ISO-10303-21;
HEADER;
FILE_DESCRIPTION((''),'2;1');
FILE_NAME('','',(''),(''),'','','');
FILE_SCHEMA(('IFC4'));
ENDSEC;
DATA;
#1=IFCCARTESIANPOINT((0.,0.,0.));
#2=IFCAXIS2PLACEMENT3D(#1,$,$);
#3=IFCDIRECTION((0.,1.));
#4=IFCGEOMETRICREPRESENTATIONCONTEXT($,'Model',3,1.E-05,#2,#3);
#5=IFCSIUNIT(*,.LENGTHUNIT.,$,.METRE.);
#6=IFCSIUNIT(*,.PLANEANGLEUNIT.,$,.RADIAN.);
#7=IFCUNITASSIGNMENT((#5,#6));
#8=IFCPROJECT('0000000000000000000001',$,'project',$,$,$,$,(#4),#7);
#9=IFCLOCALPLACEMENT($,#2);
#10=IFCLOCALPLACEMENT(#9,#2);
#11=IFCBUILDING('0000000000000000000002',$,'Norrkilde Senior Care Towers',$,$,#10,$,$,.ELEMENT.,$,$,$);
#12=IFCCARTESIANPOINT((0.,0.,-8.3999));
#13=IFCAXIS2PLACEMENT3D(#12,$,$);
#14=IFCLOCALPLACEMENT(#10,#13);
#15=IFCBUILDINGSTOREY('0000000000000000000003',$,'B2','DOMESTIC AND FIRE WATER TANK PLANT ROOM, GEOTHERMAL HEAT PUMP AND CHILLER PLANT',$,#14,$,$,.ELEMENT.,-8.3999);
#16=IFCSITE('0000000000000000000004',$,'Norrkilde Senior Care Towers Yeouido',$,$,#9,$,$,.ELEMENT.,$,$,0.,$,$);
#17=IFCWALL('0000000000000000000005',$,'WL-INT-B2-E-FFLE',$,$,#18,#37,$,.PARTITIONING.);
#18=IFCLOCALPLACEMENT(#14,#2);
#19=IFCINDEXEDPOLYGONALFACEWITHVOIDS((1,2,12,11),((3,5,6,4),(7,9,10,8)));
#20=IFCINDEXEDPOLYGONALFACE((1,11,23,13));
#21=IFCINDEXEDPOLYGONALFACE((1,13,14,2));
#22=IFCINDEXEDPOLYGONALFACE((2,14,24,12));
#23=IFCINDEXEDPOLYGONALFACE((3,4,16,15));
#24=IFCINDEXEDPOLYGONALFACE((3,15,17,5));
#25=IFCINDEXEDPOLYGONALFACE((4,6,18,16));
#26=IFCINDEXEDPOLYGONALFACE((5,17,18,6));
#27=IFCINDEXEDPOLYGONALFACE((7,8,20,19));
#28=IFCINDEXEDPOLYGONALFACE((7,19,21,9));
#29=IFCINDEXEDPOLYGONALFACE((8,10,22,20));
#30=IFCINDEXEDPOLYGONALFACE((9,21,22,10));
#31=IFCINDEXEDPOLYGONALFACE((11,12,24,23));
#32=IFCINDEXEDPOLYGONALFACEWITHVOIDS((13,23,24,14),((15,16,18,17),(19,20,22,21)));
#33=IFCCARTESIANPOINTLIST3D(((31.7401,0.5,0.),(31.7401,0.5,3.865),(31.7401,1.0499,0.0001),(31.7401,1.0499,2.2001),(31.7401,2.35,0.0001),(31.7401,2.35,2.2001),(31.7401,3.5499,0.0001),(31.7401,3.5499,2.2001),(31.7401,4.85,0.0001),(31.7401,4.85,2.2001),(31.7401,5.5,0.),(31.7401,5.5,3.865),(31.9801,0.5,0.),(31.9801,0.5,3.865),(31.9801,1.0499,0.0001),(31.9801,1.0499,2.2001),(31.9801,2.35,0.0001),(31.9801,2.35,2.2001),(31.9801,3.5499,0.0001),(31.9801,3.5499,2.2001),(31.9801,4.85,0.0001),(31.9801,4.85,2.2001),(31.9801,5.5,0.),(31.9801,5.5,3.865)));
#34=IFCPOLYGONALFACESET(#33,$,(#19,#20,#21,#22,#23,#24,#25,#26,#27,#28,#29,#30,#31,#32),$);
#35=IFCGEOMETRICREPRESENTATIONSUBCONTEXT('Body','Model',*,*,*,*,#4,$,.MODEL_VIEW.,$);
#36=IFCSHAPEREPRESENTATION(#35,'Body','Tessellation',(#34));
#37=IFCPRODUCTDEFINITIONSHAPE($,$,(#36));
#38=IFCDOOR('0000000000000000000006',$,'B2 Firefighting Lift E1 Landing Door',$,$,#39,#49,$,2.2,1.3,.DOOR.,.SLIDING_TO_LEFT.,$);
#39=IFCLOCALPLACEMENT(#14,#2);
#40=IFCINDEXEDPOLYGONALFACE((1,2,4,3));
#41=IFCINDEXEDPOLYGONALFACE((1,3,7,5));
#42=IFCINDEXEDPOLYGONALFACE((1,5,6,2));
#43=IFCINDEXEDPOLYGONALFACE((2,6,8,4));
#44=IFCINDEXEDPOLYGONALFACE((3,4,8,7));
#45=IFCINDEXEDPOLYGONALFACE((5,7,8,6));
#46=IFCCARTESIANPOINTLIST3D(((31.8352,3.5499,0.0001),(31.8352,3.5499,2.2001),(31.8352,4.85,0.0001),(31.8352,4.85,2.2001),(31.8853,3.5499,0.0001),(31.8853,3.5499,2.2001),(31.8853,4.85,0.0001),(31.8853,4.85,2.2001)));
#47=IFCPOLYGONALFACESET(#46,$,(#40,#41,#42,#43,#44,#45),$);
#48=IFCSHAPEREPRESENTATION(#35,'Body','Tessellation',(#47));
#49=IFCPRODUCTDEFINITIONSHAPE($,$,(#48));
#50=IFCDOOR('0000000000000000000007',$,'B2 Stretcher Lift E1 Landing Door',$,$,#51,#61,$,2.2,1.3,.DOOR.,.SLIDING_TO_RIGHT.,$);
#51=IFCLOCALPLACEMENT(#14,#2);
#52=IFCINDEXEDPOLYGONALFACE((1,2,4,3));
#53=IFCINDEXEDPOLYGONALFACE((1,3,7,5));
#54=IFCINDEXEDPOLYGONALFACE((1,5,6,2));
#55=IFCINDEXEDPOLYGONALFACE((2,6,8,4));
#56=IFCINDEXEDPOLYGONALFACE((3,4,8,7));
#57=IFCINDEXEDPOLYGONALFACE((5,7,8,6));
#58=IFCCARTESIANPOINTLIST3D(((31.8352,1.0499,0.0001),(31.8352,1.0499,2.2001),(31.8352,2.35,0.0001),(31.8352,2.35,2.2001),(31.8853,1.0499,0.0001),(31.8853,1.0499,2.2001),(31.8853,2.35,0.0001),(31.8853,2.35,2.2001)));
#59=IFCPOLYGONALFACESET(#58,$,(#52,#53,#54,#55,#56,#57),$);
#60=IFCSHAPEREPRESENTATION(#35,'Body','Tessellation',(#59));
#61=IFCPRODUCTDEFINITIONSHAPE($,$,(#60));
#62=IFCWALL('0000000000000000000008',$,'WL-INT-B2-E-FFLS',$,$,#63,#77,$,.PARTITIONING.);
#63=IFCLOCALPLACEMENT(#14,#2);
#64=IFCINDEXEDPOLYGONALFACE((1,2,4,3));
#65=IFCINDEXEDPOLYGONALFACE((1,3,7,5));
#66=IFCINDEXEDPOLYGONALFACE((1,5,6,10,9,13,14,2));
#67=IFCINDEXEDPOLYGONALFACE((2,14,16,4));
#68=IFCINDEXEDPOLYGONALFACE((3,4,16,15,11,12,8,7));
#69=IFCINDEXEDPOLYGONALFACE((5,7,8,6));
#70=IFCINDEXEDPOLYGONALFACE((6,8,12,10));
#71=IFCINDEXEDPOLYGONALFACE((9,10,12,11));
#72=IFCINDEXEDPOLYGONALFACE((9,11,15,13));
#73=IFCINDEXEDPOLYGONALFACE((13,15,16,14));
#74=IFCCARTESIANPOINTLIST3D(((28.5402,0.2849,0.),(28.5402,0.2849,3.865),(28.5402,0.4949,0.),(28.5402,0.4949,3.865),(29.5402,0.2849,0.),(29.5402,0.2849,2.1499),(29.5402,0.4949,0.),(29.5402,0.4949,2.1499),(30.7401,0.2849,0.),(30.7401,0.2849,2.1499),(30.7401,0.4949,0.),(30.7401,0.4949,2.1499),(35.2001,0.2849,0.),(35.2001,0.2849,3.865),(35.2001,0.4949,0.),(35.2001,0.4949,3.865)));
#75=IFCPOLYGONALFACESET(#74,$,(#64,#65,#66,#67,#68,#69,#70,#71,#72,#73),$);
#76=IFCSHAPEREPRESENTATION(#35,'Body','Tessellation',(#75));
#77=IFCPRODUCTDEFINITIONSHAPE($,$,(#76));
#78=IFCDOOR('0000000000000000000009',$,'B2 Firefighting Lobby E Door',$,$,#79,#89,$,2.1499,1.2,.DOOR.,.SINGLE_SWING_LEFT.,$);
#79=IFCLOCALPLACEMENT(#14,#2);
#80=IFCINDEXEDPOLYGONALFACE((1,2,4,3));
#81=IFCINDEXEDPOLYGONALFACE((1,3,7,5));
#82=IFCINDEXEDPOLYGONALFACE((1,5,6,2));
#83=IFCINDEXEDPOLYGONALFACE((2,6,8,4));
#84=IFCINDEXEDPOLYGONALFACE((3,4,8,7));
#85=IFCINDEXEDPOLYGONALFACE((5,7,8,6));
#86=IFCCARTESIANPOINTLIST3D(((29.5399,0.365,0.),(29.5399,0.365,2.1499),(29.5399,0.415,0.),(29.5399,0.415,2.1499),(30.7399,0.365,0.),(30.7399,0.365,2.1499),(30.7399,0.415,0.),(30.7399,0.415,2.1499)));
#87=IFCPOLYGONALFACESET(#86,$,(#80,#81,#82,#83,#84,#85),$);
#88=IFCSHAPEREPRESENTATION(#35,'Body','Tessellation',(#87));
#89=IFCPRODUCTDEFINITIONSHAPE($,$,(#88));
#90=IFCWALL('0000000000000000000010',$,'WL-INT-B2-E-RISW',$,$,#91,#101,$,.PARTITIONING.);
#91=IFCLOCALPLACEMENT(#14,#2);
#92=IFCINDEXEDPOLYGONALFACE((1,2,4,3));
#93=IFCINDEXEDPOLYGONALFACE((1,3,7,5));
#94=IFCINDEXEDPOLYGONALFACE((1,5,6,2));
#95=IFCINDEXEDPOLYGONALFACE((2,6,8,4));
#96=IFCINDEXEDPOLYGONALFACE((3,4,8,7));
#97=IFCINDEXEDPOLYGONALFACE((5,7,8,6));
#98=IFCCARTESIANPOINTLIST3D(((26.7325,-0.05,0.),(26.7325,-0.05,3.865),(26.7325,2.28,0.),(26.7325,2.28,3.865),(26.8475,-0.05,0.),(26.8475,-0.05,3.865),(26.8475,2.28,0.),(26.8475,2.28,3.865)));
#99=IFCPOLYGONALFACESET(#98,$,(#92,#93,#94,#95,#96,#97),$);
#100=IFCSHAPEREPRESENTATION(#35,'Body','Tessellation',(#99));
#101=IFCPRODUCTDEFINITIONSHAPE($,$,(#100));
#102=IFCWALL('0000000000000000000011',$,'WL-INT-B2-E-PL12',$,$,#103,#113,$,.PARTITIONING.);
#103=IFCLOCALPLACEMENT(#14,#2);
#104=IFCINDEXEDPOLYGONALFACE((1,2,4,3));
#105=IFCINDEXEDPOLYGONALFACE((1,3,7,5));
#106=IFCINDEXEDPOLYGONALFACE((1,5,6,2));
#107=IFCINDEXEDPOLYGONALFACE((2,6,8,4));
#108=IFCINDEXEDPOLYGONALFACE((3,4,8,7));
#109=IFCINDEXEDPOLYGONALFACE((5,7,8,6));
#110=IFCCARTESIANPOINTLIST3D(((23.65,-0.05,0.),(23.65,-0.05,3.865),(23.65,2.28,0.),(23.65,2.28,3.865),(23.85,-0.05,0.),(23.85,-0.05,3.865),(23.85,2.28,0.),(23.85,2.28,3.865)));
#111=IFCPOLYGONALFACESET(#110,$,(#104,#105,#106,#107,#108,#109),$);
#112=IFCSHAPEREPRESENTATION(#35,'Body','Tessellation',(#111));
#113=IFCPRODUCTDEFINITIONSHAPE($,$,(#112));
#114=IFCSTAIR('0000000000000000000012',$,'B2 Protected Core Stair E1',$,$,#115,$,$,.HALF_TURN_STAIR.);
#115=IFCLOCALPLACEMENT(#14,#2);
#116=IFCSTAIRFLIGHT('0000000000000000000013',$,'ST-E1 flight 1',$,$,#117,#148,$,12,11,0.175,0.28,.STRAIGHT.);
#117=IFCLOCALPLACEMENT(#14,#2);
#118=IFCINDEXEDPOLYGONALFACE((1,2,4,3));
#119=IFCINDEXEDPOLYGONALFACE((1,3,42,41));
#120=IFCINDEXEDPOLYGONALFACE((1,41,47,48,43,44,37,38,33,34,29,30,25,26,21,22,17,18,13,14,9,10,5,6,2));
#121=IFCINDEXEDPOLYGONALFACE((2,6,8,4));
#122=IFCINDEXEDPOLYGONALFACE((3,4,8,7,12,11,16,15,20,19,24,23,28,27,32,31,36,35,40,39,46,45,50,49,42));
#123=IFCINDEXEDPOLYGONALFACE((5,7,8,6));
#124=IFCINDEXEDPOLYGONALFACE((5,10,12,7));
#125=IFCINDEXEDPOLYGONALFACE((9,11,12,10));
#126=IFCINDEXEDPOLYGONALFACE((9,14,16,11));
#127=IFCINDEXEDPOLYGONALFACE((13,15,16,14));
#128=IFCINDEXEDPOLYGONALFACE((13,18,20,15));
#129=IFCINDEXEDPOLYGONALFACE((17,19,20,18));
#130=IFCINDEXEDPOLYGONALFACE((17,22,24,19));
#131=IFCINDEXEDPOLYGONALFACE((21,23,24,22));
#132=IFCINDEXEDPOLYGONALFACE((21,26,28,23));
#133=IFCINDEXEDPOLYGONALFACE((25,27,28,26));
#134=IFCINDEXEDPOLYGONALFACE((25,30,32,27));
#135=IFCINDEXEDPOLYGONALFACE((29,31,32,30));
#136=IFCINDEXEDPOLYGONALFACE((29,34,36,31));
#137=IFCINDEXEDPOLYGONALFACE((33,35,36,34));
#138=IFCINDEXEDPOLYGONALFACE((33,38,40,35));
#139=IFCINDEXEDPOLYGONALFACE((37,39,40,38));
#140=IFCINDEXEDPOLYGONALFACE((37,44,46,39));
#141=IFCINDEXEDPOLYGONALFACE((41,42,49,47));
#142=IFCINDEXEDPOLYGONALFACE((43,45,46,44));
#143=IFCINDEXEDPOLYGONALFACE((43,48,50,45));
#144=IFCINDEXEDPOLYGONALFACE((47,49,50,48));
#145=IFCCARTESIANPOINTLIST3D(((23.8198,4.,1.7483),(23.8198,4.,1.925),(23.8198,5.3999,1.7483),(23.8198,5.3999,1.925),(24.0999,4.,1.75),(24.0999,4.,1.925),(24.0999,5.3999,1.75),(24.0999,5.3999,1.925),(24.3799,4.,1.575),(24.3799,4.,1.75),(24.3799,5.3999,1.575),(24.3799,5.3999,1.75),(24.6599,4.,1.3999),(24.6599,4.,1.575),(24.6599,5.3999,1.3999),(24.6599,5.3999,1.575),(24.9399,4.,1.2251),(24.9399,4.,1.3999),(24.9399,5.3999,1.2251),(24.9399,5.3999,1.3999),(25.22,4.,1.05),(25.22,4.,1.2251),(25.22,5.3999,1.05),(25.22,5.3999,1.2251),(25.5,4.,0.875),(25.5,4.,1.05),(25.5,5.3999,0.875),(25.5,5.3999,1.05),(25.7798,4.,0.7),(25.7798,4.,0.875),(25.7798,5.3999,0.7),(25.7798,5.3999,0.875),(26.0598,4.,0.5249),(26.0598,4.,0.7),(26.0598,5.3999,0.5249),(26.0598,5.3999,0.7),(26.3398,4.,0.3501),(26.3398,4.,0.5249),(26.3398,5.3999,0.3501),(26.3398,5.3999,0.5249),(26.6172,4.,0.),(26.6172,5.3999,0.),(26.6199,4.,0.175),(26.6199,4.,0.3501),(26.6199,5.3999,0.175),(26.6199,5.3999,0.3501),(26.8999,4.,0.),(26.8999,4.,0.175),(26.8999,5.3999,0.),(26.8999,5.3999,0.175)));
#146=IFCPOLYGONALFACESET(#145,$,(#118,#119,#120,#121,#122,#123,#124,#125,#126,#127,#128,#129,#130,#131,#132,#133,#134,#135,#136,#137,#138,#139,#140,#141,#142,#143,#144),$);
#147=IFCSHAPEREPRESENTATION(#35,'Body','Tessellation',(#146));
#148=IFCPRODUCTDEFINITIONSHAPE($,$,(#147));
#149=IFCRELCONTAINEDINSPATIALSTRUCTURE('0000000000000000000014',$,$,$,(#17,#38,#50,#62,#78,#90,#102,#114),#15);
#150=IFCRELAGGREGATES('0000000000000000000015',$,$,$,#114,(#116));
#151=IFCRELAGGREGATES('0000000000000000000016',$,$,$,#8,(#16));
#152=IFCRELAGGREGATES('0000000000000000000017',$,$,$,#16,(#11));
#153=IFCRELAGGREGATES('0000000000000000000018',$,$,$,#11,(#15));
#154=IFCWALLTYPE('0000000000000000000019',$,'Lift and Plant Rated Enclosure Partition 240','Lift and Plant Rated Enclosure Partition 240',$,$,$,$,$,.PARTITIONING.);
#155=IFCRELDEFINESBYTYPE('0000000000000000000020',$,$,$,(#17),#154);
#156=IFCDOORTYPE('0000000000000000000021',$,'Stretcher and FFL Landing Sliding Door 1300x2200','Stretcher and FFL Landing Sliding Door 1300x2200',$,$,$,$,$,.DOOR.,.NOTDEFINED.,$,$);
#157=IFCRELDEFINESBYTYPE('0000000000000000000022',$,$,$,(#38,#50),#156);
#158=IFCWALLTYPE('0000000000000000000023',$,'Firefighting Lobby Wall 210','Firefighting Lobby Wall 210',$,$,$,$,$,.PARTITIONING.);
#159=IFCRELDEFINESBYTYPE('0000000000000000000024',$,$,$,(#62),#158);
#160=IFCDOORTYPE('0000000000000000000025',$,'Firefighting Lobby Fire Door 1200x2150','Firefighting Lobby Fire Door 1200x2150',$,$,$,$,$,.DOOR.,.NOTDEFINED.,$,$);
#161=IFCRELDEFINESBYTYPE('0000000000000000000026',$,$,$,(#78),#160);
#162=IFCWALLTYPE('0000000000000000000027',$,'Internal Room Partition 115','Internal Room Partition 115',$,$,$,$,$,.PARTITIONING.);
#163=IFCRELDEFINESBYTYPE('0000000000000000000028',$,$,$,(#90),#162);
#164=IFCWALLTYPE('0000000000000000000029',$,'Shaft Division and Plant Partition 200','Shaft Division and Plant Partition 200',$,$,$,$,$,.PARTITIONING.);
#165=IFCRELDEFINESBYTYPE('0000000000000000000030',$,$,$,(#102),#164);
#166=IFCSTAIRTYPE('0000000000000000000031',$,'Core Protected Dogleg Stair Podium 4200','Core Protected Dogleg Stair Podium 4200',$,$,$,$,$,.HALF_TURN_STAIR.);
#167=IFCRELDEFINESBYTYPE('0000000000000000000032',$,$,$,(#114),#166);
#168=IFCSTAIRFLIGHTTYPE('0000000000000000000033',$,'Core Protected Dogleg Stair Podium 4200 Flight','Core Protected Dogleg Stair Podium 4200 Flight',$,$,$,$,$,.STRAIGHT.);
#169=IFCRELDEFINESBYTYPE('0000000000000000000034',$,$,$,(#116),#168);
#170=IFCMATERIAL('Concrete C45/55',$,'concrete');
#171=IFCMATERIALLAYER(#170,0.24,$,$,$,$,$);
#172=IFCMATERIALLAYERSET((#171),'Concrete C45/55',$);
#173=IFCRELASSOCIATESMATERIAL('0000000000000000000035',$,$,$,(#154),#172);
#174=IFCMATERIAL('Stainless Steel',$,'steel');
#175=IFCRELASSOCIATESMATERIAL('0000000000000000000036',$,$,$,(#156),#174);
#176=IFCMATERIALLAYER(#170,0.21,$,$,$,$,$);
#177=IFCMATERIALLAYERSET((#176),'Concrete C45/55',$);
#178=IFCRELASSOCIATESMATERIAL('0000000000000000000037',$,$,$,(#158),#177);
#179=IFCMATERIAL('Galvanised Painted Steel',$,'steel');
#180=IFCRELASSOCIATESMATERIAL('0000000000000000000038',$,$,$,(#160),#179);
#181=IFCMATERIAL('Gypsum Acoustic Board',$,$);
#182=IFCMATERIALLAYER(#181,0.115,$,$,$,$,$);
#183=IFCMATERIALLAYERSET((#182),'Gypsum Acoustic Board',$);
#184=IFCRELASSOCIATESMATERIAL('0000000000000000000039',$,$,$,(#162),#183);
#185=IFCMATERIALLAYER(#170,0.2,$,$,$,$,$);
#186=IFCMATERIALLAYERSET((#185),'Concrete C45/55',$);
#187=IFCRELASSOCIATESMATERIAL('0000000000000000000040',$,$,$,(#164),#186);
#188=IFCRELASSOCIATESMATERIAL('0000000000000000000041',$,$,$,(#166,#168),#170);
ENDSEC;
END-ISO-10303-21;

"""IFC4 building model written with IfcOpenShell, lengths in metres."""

from ifc_helpers import new_model, si_unit, direction, frame, frame_2d, origin, place, context, subcontext, project, spatial, polyline, rectangle, outline, extrude, source, transform, mapped, material, layer, layer_set, type_object, type_shapes, element, fill, aggregate, save


model = new_model("IFC4")

# Units and contexts
model_context = context("Model", 3, precision=1e-05, world=origin(), true_north=direction((0.0, 1.0)))
body_context = subcontext(model_context, "Body", "Model", "MODEL_VIEW")
ifc_project = project(units=[si_unit("LENGTHUNIT", "METRE"), si_unit("PLANEANGLEUNIT", "RADIAN")], contexts=[model_context])

# Site, building, storey
site_placement = place(None, origin())
site = spatial("IfcSite", under=ifc_project, at=site_placement, Name="Norrkilde Senior Care Towers Yeouido", CompositionType="ELEMENT", RefElevation=0.0)
building_placement = place(site_placement, origin())
building = spatial("IfcBuilding", under=site, at=building_placement, Name="Norrkilde Senior Care Towers", CompositionType="ELEMENT")
storey_placement = place(building_placement, frame((0.0, 0.0, -8.3999)))
storey = spatial("IfcBuildingStorey", under=building, at=storey_placement, Name="B2", Description="DOMESTIC AND FIRE WATER TANK PLANT ROOM, GEOTHERMAL HEAT PUMP AND CHILLER PLANT", CompositionType="ELEMENT", Elevation=-8.3999)

# Shared definitions
ifc_material_1 = material(Name="Concrete C45/55", Category="concrete")

# Shared definitions
ifc_material_2 = material(Name="Galvanised Painted Steel", Category="steel")

# Wall, openings, doors
ifc_layer_1 = layer(ifc_material_1, 0.24)
ifc_layer_set_1 = layer_set([ifc_layer_1], Name="Concrete C45/55")
wall_type_1 = type_object("IfcWallType", Name="Lift and Plant Rated Enclosure Partition 240", Description="Lift and Plant Rated Enclosure Partition 240", PredefinedType="PARTITIONING", material=ifc_layer_set_1)
shared_shape_1 = source(origin(), body_context, "Body", "SweptSolid", [
    extrude(rectangle(XDim=5.0, YDim=0.24, at=frame_2d((2.5, 0.0))), origin(), (0.0, 0.0, 1.0), 3.865),
])
type_shapes(wall_type_1, [shared_shape_1])
wall_1_placement = place(storey_placement, frame((31.8601, 0.5, 0.0), z_axis=(0.0, 0.0, 1.0), x_axis=(0.0, 1.0, 0.0)))
wall_1 = element("IfcWall", 1, at=wall_1_placement, inside=storey, type_object=wall_type_1, Name="WL-INT-B2-E-FFLE", PredefinedType="PARTITIONING", context=body_context, shape_type="MappedRepresentation", body=[
    mapped(shared_shape_1, transform((0.0, 0.0, 0.0), x_axis=(1.0, 0.0, 0.0), y_axis=(0.0, 1.0, 0.0), z_axis=(0.0, 0.0, 1.0), scale=1.0)),
])
opening_1_placement = place(wall_1_placement, frame((3.05, 0.0, 0.0)))
opening_1 = element("IfcOpeningElement", 2, at=opening_1_placement, cuts=wall_1, PredefinedType="OPENING", context=body_context, shape_type="SweptSolid", body=[
    extrude(rectangle(XDim=1.3, YDim=2.2, at=frame_2d((0.6499, 1.1001))), frame((0.0, 0.1299, 0.0), z_axis=(0.0, -1.0, 0.0), x_axis=(1.0, 0.0, 0.0)), (0.0, 0.0, 1.0), 0.26),
])
opening_2_placement = place(wall_1_placement, frame((0.55, 0.0, 0.0)))
opening_2 = element("IfcOpeningElement", 3, at=opening_2_placement, cuts=wall_1, PredefinedType="OPENING", context=body_context, shape_type="SweptSolid", body=[
    extrude(rectangle(XDim=1.3, YDim=2.2, at=frame_2d((0.6499, 1.1001))), frame((0.0, 0.1299, 0.0), z_axis=(0.0, -1.0, 0.0), x_axis=(1.0, 0.0, 0.0)), (0.0, 0.0, 1.0), 0.26),
])
ifc_material_3 = material(Name="Stainless Steel", Category="steel")
door_type_1 = type_object("IfcDoorType", Name="Stretcher and FFL Landing Sliding Door 1300x2200", Description="Stretcher and FFL Landing Sliding Door 1300x2200", OperationType="NOTDEFINED", PredefinedType="DOOR", material=ifc_material_3)
shared_shape_2 = source(origin(), body_context, "Body", "SweptSolid", [
    extrude(rectangle(XDim=1.3, YDim=2.2, at=frame_2d((0.6499, 1.1001))), frame((0.0, 0.0249, 0.0), z_axis=(0.0, -1.0, 0.0), x_axis=(1.0, 0.0, 0.0)), (0.0, 0.0, 1.0), 0.05),
])
type_shapes(door_type_1, [shared_shape_2])
door_1_placement = place(opening_1_placement, origin())
door_1 = element("IfcDoor", 4, at=door_1_placement, inside=storey, type_object=door_type_1, Name="B2 Firefighting Lift E1 Landing Door", OperationType="SLIDING_TO_LEFT", OverallHeight=2.2, OverallWidth=1.3, PredefinedType="DOOR", context=body_context, shape_type="MappedRepresentation", body=[
    mapped(shared_shape_2, transform((0.0, 0.0, 0.0), x_axis=(1.0, 0.0, 0.0), y_axis=(0.0, 1.0, 0.0), z_axis=(0.0, 0.0, 1.0), scale=1.0)),
])
fill(opening_1, door_1)
door_2_placement = place(opening_2_placement, origin())
door_2 = element("IfcDoor", 5, at=door_2_placement, inside=storey, type_object=door_type_1, Name="B2 Stretcher Lift E1 Landing Door", OperationType="SLIDING_TO_RIGHT", OverallHeight=2.2, OverallWidth=1.3, PredefinedType="DOOR", context=body_context, shape_type="MappedRepresentation", body=[
    mapped(shared_shape_2, transform((0.0, 0.0, 0.0), x_axis=(1.0, 0.0, 0.0), y_axis=(0.0, 1.0, 0.0), z_axis=(0.0, 0.0, 1.0), scale=1.0)),
])
fill(opening_2, door_2)

# Wall, opening, door
ifc_layer_2 = layer(ifc_material_1, 0.21)
ifc_layer_set_2 = layer_set([ifc_layer_2], Name="Concrete C45/55")
wall_type_2 = type_object("IfcWallType", Name="Firefighting Lobby Wall 210", Description="Firefighting Lobby Wall 210", PredefinedType="PARTITIONING", material=ifc_layer_set_2)
shared_shape_3 = source(origin(), body_context, "Body", "SweptSolid", [
    extrude(rectangle(XDim=6.6599, YDim=0.21, at=frame_2d((3.3301, 0.0))), origin(), (0.0, 0.0, 1.0), 3.865),
])
type_shapes(wall_type_2, [shared_shape_3])
wall_2_placement = place(storey_placement, frame((28.54, 0.3899, 0.0), z_axis=(0.0, 0.0, 1.0), x_axis=(1.0, 0.0, 0.0)))
wall_2 = element("IfcWall", 6, at=wall_2_placement, inside=storey, type_object=wall_type_2, Name="WL-INT-B2-E-FFLS", PredefinedType="PARTITIONING", context=body_context, shape_type="MappedRepresentation", body=[
    mapped(shared_shape_3, transform((0.0, 0.0, 0.0), x_axis=(1.0, 0.0, 0.0), y_axis=(0.0, 1.0, 0.0), z_axis=(0.0, 0.0, 1.0), scale=1.0)),
])
opening_3_placement = place(wall_2_placement, frame((1.0, 0.0, 0.0)))
opening_3 = element("IfcOpeningElement", 7, at=opening_3_placement, cuts=wall_2, PredefinedType="OPENING", context=body_context, shape_type="SweptSolid", body=[
    extrude(rectangle(XDim=1.2, YDim=2.1499, at=frame_2d((0.6001, 1.075))), frame((0.0, 0.115, 0.0), z_axis=(0.0, -1.0, 0.0), x_axis=(1.0, 0.0, 0.0)), (0.0, 0.0, 1.0), 0.23),
])
door_type_2 = type_object("IfcDoorType", Name="Firefighting Lobby Fire Door 1200x2150", Description="Firefighting Lobby Fire Door 1200x2150", OperationType="NOTDEFINED", PredefinedType="DOOR", material=ifc_material_2)
shared_shape_4 = source(origin(), body_context, "Body", "SweptSolid", [
    extrude(rectangle(XDim=1.2, YDim=2.1499, at=frame_2d((0.6001, 1.075))), frame((0.0, 0.0249, 0.0), z_axis=(0.0, -1.0, 0.0), x_axis=(1.0, 0.0, 0.0)), (0.0, 0.0, 1.0), 0.05),
])
type_shapes(door_type_2, [shared_shape_4])
door_3_placement = place(opening_3_placement, frame((1.2, 0.0, 0.0), z_axis=(0.0, 0.0, 1.0), x_axis=(-1.0, 0.0, 0.0)))
door_3 = element("IfcDoor", 8, at=door_3_placement, inside=storey, type_object=door_type_2, Name="B2 Firefighting Lobby E Door", OperationType="SINGLE_SWING_LEFT", OverallHeight=2.1499, OverallWidth=1.2, PredefinedType="DOOR", context=body_context, shape_type="MappedRepresentation", body=[
    mapped(shared_shape_4, transform((0.0, 0.0, 0.0), x_axis=(1.0, 0.0, 0.0), y_axis=(0.0, 1.0, 0.0), z_axis=(0.0, 0.0, 1.0), scale=1.0)),
])
fill(opening_3, door_3)

# Walls
ifc_material_4 = material(Name="Gypsum Acoustic Board")
ifc_layer_3 = layer(ifc_material_4, 0.115)
ifc_layer_set_3 = layer_set([ifc_layer_3], Name="Gypsum Acoustic Board")
wall_type_3 = type_object("IfcWallType", Name="Internal Room Partition 115", Description="Internal Room Partition 115", PredefinedType="PARTITIONING", material=ifc_layer_set_3)
shared_shape_5 = source(origin(), body_context, "Body", "SweptSolid", [
    extrude(rectangle(XDim=2.3301, YDim=0.115, at=frame_2d((1.165, 0.0))), origin(), (0.0, 0.0, 1.0), 3.865),
])
type_shapes(wall_type_3, [shared_shape_5])
wall_3_placement = place(storey_placement, frame((26.79, -0.05, 0.0), z_axis=(0.0, 0.0, 1.0), x_axis=(0.0, 1.0, 0.0)))
element("IfcWall", 9, at=wall_3_placement, inside=storey, type_object=wall_type_3, Name="WL-INT-B2-E-RISW", PredefinedType="PARTITIONING", context=body_context, shape_type="MappedRepresentation", body=[
    mapped(shared_shape_5, transform((0.0, 0.0, 0.0), x_axis=(1.0, 0.0, 0.0), y_axis=(0.0, 1.0, 0.0), z_axis=(0.0, 0.0, 1.0), scale=1.0)),
])
ifc_layer_4 = layer(ifc_material_1, 0.2)
ifc_layer_set_4 = layer_set([ifc_layer_4], Name="Concrete C45/55")
wall_type_4 = type_object("IfcWallType", Name="Shaft Division and Plant Partition 200", Description="Shaft Division and Plant Partition 200", PredefinedType="PARTITIONING", material=ifc_layer_set_4)
shared_shape_6 = source(origin(), body_context, "Body", "SweptSolid", [
    extrude(rectangle(XDim=2.3301, YDim=0.2, at=frame_2d((1.165, 0.0))), origin(), (0.0, 0.0, 1.0), 3.865),
])
type_shapes(wall_type_4, [shared_shape_6])
wall_4_placement = place(storey_placement, frame((23.75, -0.05, 0.0), z_axis=(0.0, 0.0, 1.0), x_axis=(0.0, 1.0, 0.0)))
element("IfcWall", 10, at=wall_4_placement, inside=storey, type_object=wall_type_4, Name="WL-INT-B2-E-PL12", PredefinedType="PARTITIONING", context=body_context, shape_type="MappedRepresentation", body=[
    mapped(shared_shape_6, transform((0.0, 0.0, 0.0), x_axis=(1.0, 0.0, 0.0), y_axis=(0.0, 1.0, 0.0), z_axis=(0.0, 0.0, 1.0), scale=1.0)),
])

# Stair, stair flight
stair_type = type_object("IfcStairType", Name="Core Protected Dogleg Stair Podium 4200", Description="Core Protected Dogleg Stair Podium 4200", PredefinedType="HALF_TURN_STAIR", material=ifc_material_1)
stair_placement = place(storey_placement, origin())
stair = element("IfcStair", 11, at=stair_placement, inside=storey, type_object=stair_type, Name="B2 Protected Core Stair E1", PredefinedType="HALF_TURN_STAIR")
stair_flight_type = type_object("IfcStairFlightType", Name="Core Protected Dogleg Stair Podium 4200 Flight", Description="Core Protected Dogleg Stair Podium 4200 Flight", PredefinedType="STRAIGHT", material=ifc_material_1)
stair_flight_1_placement = place(storey_placement, frame((26.8999, 4.7, 0.0), z_axis=(0.0, 0.0, 1.0), x_axis=(-1.0, 0.0, 0.0)))
stair_flight_1 = element("IfcStairFlight", 12, at=stair_flight_1_placement, type_object=stair_flight_type, Name="ST-E1 flight 1", NumberOfRisers=12, NumberOfTreads=11, PredefinedType="STRAIGHT", RiserHeight=0.175, TreadLength=0.28, context=body_context, shape_type="SweptSolid", body=[
    extrude(outline(polyline([(0.0, 0.0), (0.0, 0.175), (0.28, 0.175), (0.28, 0.3501), (0.5601, 0.3501), (0.5601, 0.5249), (0.8401, 0.5249), (0.8401, 0.7), (1.1201, 0.7), (1.1201, 0.875), (1.3999, 0.875), (1.3999, 1.05), (1.6799, 1.05), (1.6799, 1.2251), (1.96, 1.2251), (1.96, 1.3999), (2.24, 1.3999), (2.24, 1.575), (2.52, 1.575), (2.52, 1.75), (2.8, 1.75), (2.8, 1.925), (3.0801, 1.925), (3.0801, 2.1001), (3.0801, 1.7483), (0.2827, 0.0), (0.0, 0.0)])), frame((0.0, 0.7, 0.0), z_axis=(0.0, -1.0, 0.0), x_axis=(1.0, 0.0, 0.0)), (0.0, 0.0, 1.0), 1.3999),
])
aggregate(stair, [stair_flight_1])

save(model, "model.ifc")
